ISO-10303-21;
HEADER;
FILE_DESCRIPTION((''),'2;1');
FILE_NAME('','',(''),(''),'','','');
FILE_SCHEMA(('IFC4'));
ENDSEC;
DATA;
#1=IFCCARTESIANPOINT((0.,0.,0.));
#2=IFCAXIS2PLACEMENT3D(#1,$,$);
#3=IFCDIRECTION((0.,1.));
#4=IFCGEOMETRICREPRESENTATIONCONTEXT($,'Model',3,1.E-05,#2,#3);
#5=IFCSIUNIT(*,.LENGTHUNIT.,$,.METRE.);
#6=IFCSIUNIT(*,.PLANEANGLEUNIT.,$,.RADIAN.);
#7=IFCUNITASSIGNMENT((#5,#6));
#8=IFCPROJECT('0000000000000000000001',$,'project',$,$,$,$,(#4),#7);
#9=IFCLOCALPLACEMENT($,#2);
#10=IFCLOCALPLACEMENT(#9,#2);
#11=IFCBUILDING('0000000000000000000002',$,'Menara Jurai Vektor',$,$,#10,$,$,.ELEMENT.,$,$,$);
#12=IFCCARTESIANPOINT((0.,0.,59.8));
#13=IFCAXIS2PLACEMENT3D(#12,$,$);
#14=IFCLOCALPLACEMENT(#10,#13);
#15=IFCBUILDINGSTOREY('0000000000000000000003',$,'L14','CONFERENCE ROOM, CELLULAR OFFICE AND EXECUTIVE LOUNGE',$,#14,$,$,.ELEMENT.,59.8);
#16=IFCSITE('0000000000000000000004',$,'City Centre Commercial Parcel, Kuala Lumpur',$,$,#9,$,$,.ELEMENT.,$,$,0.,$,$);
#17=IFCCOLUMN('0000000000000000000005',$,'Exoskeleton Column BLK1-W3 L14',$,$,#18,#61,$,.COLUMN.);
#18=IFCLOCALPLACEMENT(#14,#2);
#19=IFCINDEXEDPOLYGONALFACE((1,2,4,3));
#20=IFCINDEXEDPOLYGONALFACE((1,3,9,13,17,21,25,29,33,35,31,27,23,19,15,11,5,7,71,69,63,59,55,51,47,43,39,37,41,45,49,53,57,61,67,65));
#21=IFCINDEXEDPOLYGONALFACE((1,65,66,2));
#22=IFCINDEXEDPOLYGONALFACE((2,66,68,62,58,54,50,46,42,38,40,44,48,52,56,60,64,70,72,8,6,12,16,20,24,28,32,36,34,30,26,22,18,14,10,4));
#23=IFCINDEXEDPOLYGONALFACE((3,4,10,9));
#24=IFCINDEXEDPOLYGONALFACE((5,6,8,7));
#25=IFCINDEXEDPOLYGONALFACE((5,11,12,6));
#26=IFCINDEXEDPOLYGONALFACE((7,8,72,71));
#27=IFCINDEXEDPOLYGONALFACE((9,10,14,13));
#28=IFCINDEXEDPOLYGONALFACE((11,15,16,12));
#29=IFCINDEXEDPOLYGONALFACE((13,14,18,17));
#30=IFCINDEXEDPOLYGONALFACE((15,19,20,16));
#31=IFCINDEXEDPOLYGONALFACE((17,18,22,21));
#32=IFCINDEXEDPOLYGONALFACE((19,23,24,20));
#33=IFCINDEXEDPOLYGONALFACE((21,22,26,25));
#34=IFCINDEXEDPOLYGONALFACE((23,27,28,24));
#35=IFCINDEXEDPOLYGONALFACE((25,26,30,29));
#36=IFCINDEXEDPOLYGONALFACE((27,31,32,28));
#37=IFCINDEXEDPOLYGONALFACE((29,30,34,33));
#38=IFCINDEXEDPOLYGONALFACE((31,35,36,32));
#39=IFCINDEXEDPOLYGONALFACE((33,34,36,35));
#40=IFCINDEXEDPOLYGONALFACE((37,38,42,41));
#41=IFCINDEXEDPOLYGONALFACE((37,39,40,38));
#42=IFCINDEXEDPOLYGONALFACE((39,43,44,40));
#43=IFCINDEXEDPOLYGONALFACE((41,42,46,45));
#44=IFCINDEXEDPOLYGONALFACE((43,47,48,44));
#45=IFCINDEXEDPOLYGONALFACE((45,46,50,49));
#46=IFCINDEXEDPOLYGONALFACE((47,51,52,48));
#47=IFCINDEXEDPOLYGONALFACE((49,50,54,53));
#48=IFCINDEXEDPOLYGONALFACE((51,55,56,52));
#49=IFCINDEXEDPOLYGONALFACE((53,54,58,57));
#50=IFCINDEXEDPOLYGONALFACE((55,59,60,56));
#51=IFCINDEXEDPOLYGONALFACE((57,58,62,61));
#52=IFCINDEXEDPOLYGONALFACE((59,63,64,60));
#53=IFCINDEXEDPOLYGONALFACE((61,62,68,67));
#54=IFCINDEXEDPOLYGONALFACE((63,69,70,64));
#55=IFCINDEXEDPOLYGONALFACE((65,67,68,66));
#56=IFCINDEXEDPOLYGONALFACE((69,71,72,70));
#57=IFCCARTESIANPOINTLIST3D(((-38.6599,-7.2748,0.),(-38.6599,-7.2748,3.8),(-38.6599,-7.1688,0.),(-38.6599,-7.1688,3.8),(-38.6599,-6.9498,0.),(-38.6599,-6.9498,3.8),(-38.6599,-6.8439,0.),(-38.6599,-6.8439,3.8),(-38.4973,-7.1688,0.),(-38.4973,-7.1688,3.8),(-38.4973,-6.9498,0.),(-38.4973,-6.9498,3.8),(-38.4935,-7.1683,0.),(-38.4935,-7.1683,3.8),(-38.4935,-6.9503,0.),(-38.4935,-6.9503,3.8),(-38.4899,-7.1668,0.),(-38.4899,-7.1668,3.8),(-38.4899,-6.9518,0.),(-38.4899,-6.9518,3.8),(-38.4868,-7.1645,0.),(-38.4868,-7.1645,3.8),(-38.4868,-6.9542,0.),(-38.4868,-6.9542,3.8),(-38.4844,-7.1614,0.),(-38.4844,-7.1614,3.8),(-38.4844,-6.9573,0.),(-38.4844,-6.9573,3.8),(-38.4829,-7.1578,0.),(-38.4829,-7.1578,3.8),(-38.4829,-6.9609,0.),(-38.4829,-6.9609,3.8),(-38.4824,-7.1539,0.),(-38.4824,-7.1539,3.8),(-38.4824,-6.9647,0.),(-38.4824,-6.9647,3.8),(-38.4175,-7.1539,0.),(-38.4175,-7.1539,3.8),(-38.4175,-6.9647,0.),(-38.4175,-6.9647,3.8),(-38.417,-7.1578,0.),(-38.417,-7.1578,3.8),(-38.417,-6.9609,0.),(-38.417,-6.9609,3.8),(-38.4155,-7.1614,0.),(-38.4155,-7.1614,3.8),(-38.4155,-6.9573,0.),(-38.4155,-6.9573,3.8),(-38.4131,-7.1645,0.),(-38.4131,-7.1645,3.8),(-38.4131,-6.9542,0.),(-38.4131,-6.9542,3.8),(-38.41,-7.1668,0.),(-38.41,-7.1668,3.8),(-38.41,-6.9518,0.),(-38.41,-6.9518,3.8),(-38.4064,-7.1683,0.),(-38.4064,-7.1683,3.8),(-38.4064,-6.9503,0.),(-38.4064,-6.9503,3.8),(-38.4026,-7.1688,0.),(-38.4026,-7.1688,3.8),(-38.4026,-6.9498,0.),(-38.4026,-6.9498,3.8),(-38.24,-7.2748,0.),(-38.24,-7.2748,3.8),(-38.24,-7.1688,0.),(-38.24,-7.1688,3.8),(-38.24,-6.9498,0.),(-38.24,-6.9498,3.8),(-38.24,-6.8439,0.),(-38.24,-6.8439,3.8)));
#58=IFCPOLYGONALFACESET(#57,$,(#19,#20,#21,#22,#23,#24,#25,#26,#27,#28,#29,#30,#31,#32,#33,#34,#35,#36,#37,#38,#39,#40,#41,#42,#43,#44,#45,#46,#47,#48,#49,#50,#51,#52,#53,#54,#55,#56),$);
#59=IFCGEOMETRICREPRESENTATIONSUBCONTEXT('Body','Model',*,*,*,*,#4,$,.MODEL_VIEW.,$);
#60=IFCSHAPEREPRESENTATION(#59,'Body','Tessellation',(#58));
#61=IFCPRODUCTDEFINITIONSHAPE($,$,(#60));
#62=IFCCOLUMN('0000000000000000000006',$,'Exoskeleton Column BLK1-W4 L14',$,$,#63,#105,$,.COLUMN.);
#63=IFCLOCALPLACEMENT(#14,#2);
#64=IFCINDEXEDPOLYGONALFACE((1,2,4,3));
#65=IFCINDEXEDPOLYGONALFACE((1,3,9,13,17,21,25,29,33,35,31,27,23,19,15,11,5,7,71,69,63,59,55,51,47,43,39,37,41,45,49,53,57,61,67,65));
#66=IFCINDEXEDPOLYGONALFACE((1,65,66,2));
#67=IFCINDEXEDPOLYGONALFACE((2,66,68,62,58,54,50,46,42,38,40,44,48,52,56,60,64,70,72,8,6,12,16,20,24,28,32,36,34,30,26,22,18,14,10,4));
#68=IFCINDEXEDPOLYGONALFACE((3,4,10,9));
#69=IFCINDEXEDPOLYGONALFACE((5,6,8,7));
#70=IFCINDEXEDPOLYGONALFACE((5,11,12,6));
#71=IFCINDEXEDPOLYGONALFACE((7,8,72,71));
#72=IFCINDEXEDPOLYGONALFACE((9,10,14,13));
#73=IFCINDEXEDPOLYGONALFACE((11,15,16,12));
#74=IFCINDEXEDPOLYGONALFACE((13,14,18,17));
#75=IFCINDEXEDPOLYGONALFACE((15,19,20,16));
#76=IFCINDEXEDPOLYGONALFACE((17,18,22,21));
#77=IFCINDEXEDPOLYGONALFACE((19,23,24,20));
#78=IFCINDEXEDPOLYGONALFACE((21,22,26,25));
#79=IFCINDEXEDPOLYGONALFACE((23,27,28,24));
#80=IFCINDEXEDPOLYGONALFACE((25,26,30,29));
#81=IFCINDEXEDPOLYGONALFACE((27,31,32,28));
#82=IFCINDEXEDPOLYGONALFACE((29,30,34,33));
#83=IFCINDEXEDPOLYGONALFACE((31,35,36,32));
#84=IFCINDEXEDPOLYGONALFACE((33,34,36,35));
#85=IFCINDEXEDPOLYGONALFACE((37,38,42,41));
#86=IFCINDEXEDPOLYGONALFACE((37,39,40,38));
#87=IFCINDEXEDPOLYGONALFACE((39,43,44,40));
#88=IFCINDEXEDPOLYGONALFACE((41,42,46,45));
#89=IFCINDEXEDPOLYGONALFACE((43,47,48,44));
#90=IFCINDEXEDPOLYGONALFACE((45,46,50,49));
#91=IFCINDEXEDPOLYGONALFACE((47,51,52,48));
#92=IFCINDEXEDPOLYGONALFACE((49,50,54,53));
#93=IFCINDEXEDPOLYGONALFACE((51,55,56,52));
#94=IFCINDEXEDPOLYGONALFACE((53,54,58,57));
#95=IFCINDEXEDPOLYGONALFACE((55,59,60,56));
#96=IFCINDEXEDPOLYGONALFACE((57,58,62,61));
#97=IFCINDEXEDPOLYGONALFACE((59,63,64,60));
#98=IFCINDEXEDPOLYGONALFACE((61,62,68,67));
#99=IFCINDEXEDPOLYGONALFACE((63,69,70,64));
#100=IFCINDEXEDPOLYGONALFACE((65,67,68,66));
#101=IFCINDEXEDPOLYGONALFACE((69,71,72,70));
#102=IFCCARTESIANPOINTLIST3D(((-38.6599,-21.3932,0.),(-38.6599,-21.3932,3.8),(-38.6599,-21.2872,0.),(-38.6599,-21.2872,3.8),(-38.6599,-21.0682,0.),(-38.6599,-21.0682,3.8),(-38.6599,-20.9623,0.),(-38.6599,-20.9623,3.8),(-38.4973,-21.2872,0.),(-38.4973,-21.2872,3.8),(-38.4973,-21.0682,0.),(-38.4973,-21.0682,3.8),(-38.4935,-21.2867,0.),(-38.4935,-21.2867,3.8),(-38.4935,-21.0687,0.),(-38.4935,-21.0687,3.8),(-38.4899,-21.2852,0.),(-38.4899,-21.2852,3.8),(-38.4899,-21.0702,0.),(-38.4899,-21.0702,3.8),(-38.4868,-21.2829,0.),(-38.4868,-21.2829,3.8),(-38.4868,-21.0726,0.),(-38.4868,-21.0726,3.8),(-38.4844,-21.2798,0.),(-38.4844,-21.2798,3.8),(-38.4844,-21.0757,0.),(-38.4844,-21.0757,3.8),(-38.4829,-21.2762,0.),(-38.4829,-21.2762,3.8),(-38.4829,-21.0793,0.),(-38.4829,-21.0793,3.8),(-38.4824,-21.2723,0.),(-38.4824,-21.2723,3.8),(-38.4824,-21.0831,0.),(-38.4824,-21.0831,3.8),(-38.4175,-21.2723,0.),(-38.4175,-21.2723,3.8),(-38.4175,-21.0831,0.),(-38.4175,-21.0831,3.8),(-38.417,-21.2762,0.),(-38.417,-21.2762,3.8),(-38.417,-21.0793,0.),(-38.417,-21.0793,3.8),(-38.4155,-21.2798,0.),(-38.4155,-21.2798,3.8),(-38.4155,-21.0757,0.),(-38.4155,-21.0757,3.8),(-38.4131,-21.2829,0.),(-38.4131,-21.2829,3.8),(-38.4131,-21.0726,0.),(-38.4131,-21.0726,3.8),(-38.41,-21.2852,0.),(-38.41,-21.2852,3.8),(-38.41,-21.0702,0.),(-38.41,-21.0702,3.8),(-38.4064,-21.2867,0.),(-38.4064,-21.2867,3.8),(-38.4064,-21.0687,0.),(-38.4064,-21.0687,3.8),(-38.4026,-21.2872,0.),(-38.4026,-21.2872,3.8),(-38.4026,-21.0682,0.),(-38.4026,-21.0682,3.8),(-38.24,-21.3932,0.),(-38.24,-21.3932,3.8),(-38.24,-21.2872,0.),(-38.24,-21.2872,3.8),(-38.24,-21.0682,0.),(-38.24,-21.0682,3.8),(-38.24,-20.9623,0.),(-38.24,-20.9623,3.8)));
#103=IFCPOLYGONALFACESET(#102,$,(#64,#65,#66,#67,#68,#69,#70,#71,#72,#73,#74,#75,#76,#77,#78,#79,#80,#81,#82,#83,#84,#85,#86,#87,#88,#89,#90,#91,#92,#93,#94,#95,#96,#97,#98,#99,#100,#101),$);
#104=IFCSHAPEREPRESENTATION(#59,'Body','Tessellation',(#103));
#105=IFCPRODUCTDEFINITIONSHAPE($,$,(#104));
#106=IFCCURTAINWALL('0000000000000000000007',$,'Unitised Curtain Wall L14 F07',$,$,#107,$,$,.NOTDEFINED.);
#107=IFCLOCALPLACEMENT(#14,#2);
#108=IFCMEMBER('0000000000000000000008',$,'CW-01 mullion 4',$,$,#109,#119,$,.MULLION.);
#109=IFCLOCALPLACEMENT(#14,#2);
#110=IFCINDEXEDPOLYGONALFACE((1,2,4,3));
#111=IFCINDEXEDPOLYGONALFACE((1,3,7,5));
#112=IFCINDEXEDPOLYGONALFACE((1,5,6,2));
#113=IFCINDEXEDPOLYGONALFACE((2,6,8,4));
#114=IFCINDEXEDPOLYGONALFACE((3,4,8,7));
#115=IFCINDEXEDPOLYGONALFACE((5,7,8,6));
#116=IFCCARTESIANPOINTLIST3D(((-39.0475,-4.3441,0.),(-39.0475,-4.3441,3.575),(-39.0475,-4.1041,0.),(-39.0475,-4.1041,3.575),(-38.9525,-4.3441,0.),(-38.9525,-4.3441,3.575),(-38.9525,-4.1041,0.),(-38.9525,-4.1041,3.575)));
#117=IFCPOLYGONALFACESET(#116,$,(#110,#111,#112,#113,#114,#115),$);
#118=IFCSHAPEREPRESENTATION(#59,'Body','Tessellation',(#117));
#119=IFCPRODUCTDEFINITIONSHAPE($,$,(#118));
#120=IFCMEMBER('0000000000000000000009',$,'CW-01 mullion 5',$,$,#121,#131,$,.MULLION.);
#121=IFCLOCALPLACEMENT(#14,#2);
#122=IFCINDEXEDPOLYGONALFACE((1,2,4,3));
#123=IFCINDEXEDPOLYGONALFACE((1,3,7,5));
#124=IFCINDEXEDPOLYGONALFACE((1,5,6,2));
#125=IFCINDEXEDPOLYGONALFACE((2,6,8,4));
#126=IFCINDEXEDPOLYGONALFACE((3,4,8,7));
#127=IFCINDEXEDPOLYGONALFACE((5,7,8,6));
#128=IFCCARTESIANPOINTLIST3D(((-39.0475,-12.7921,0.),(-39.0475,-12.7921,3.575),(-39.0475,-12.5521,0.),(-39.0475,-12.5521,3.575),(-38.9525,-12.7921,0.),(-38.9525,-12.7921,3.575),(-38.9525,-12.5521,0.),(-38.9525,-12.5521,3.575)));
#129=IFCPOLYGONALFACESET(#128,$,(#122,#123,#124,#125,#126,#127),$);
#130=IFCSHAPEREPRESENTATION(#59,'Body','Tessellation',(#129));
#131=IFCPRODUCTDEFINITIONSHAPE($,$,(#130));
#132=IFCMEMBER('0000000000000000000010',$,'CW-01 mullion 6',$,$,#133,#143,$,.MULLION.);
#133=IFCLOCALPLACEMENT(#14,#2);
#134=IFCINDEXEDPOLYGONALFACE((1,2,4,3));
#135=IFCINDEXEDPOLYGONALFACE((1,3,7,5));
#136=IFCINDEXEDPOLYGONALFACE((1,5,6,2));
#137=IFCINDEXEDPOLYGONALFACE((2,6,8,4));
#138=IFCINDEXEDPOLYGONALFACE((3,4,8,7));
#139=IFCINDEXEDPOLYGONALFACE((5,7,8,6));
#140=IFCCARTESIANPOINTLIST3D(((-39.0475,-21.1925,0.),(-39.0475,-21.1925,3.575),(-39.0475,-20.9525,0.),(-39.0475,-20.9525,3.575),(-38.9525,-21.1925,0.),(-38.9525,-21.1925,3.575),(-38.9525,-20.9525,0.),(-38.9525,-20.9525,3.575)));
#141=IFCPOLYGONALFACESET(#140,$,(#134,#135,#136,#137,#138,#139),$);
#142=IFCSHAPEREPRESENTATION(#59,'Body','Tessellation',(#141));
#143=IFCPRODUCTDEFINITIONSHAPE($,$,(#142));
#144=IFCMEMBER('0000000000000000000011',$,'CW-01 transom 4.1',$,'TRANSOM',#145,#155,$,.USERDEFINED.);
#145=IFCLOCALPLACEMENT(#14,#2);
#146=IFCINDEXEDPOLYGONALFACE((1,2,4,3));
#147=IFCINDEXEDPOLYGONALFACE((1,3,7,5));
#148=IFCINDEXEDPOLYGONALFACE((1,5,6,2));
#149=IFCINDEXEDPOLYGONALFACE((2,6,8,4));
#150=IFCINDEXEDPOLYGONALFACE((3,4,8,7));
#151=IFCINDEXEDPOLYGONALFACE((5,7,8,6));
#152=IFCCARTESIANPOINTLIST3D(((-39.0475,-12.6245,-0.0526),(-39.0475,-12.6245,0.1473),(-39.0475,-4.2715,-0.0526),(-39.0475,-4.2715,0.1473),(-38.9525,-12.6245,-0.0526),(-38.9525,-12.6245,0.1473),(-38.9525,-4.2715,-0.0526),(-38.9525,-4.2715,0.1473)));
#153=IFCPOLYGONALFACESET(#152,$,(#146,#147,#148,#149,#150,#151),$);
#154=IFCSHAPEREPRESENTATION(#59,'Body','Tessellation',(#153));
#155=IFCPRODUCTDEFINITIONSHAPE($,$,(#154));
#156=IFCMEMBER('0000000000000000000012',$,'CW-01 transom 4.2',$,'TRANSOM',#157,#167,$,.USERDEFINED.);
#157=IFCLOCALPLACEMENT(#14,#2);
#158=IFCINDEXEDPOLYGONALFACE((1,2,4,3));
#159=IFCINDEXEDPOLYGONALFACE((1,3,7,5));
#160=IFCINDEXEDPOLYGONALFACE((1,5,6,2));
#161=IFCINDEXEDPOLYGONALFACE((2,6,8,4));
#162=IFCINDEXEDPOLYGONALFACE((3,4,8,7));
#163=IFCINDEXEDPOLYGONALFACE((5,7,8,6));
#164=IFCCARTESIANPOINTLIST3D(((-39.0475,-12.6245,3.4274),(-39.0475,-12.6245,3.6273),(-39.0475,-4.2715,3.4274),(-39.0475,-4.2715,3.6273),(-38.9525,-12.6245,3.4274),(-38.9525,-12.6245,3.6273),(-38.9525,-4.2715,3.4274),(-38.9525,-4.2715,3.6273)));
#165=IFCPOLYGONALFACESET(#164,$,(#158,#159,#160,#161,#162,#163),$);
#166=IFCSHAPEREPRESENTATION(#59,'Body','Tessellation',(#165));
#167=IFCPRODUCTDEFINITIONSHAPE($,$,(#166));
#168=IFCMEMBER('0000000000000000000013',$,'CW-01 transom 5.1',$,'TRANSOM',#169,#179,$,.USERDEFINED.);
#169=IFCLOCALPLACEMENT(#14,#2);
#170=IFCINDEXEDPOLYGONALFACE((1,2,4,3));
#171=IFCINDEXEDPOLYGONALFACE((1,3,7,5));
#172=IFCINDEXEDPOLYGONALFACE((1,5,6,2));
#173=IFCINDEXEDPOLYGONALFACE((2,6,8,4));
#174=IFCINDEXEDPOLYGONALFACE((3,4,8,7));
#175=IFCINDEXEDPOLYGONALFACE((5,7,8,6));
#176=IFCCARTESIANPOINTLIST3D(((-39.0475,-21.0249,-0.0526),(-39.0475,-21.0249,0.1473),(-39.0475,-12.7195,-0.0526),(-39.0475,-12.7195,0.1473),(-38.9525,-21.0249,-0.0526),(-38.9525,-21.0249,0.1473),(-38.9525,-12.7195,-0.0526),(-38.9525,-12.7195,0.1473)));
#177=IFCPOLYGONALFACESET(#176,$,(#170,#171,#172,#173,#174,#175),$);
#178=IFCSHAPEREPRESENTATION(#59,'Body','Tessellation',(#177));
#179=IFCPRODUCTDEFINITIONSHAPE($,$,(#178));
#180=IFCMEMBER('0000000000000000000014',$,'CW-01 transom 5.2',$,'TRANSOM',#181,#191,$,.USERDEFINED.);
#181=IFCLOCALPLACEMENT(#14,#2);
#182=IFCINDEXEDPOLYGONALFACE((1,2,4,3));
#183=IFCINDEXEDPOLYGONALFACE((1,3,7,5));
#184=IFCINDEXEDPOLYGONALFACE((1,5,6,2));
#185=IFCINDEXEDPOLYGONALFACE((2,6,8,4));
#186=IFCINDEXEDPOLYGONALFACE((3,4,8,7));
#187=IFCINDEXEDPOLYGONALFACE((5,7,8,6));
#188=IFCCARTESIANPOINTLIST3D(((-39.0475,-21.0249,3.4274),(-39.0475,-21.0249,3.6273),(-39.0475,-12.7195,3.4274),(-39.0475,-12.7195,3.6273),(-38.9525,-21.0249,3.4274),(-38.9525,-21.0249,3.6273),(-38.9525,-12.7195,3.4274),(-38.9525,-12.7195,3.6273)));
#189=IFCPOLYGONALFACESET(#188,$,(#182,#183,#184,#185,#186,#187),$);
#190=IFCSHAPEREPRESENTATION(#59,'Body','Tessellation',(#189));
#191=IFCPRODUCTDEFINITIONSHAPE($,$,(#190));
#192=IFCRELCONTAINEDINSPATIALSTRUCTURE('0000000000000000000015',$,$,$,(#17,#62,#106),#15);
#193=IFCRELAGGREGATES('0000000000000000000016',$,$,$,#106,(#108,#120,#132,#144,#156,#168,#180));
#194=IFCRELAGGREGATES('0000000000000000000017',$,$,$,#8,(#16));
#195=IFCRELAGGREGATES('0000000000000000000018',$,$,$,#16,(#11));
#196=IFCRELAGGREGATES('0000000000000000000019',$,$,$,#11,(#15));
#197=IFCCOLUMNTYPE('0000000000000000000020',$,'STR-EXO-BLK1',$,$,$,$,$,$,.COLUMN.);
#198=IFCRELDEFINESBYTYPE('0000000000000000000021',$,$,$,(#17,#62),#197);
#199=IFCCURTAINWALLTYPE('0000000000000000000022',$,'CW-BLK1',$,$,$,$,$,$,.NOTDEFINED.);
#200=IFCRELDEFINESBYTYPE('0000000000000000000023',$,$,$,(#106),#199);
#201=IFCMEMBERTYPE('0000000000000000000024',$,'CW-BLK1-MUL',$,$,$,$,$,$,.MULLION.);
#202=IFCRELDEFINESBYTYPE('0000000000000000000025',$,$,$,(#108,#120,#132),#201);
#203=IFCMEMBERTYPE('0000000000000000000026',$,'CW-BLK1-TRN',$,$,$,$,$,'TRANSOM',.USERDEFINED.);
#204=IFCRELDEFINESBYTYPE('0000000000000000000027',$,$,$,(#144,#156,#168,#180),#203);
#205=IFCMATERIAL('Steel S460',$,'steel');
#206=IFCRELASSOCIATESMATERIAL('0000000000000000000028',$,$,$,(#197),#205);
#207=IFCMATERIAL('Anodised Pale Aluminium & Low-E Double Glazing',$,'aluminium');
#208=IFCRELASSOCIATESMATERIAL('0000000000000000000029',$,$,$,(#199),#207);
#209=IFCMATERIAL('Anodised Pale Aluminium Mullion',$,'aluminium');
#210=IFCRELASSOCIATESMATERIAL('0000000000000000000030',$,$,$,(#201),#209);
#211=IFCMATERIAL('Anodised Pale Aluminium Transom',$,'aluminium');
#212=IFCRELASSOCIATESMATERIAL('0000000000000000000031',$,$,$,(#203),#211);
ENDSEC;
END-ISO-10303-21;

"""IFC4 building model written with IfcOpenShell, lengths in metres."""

from ifc_helpers import new_model, si_unit, direction, frame, origin, origin_2d, place, context, subcontext, project, spatial, rectangle, i_section, extrude, material, material_profile, profile_set, type_object, element, aggregate, save


model = new_model("IFC4")

# Units and contexts
model_context = context("Model", 3, precision=1e-05, world=origin(), true_north=direction((0.0, 1.0)))
body_context = subcontext(model_context, "Body", "Model", "MODEL_VIEW")
ifc_project = project(units=[si_unit("LENGTHUNIT", "METRE"), si_unit("PLANEANGLEUNIT", "RADIAN")], contexts=[model_context])

# Site, building, storey
site_placement = place(None, origin())
site = spatial("IfcSite", under=ifc_project, at=site_placement, Name="City Centre Commercial Parcel, Kuala Lumpur", CompositionType="ELEMENT", RefElevation=0.0)
building_placement = place(site_placement, origin())
building = spatial("IfcBuilding", under=site, at=building_placement, Name="Menara Jurai Vektor", CompositionType="ELEMENT")
storey_placement = place(building_placement, frame((0.0, 0.0, 59.8)))
storey = spatial("IfcBuildingStorey", under=building, at=storey_placement, Name="L14", Description="CONFERENCE ROOM, CELLULAR OFFICE AND EXECUTIVE LOUNGE", CompositionType="ELEMENT", Elevation=59.8)

# Columns
ifc_material_1 = material(Name="Steel S460", Category="steel")
ifc_material_profile_1 = material_profile(ifc_material_1, i_section(OverallWidth=0.4199, OverallDepth=0.4309, WebThickness=0.0649, FlangeThickness=0.106, FilletRadius=0.0149, at=origin_2d()), Name="HD 400x900")
ifc_profile_set_1 = profile_set([ifc_material_profile_1], Name="Steel S460")
column_type = type_object("IfcColumnType", Name="STR-EXO-BLK1", PredefinedType="COLUMN", material=ifc_profile_set_1)
for number, where, z_axis, x_axis, name in (
    (1, (-38.45, -7.0593, 0.0), (0.0, 0.0, 1.0), (1.0, 0.0, 0.0), "Exoskeleton Column BLK1-W3 L14"),
    (2, (-38.45, -21.1777, 0.0), (0.0, 0.0, 1.0), (1.0, 0.0, 0.0), "Exoskeleton Column BLK1-W4 L14"),
):
    element("IfcColumn", number, at=place(storey_placement, frame(where, z_axis=z_axis, x_axis=x_axis)), inside=storey, type_object=column_type, Name=name, PredefinedType="COLUMN", context=body_context, shape_type="SweptSolid", body=[
        extrude(i_section(OverallWidth=0.4199, OverallDepth=0.4309, WebThickness=0.0649, FlangeThickness=0.106, FilletRadius=0.0149, at=origin_2d()), origin(), (0.0, 0.0, 1.0), 3.8),
    ])

# Curtain wall, members
ifc_material_2 = material(Name="Anodised Pale Aluminium & Low-E Double Glazing", Category="aluminium")
curtain_wall_type = type_object("IfcCurtainWallType", Name="CW-BLK1", PredefinedType="NOTDEFINED", material=ifc_material_2)
curtain_wall_placement = place(storey_placement, origin())
curtain_wall = element("IfcCurtainWall", 3, at=curtain_wall_placement, inside=storey, type_object=curtain_wall_type, Name="Unitised Curtain Wall L14 F07", PredefinedType="NOTDEFINED")
ifc_material_3 = material(Name="Anodised Pale Aluminium Mullion", Category="aluminium")
ifc_material_profile_2 = material_profile(ifc_material_3, rectangle(XDim=0.095, YDim=0.24, at=origin_2d()), Name="ALU MUL 95x240")
ifc_profile_set_2 = profile_set([ifc_material_profile_2], Name="Anodised Pale Aluminium Mullion")
member_type_1 = type_object("IfcMemberType", Name="CW-BLK1-MUL", PredefinedType="MULLION", material=ifc_profile_set_2)
member_1_placement = place(storey_placement, frame((-39.0, -4.2241, 0.0), z_axis=(0.0, 0.0, 1.0), x_axis=(1.0, 0.0, 0.0)))
member_1 = element("IfcMember", 4, at=member_1_placement, type_object=member_type_1, Name="CW-01 mullion 4", PredefinedType="MULLION", context=body_context, shape_type="SweptSolid", body=[
    extrude(rectangle(XDim=0.095, YDim=0.24, at=origin_2d()), origin(), (0.0, 0.0, 1.0), 3.575),
])
member_2_placement = place(storey_placement, frame((-39.0, -12.6721, 0.0), z_axis=(0.0, 0.0, 1.0), x_axis=(1.0, 0.0, 0.0)))
member_2 = element("IfcMember", 5, at=member_2_placement, type_object=member_type_1, Name="CW-01 mullion 5", PredefinedType="MULLION", context=body_context, shape_type="SweptSolid", body=[
    extrude(rectangle(XDim=0.095, YDim=0.24, at=origin_2d()), origin(), (0.0, 0.0, 1.0), 3.575),
])
member_3_placement = place(storey_placement, frame((-39.0, -21.0725, 0.0), z_axis=(0.0, 0.0, 1.0), x_axis=(1.0, 0.0, 0.0)))
member_3 = element("IfcMember", 6, at=member_3_placement, type_object=member_type_1, Name="CW-01 mullion 6", PredefinedType="MULLION", context=body_context, shape_type="SweptSolid", body=[
    extrude(rectangle(XDim=0.095, YDim=0.24, at=origin_2d()), origin(), (0.0, 0.0, 1.0), 3.575),
])
ifc_material_4 = material(Name="Anodised Pale Aluminium Transom", Category="aluminium")
ifc_material_profile_3 = material_profile(ifc_material_4, rectangle(XDim=0.095, YDim=0.2, at=origin_2d()), Name="ALU TRN 95x200")
ifc_profile_set_3 = profile_set([ifc_material_profile_3], Name="Anodised Pale Aluminium Transom")
member_type_2 = type_object("IfcMemberType", Name="CW-BLK1-TRN", ElementType="TRANSOM", PredefinedType="USERDEFINED", material=ifc_profile_set_3)
member_4_placement = place(storey_placement, frame((-39.0, -4.2715, 0.0474), z_axis=(0.0, -1.0, 0.0), x_axis=(1.0, 0.0, 0.0)))
member_4 = element("IfcMember", 7, at=member_4_placement, type_object=member_type_2, Name="CW-01 transom 4.1", ObjectType="TRANSOM", PredefinedType="USERDEFINED", context=body_context, shape_type="SweptSolid", body=[
    extrude(rectangle(XDim=0.095, YDim=0.2, at=origin_2d()), origin(), (0.0, 0.0, 1.0), 8.353),
])
member_5_placement = place(storey_placement, frame((-39.0, -4.2715, 3.5273), z_axis=(0.0, -1.0, 0.0), x_axis=(1.0, 0.0, 0.0)))
member_5 = element("IfcMember", 8, at=member_5_placement, type_object=member_type_2, Name="CW-01 transom 4.2", ObjectType="TRANSOM", PredefinedType="USERDEFINED", context=body_context, shape_type="SweptSolid", body=[
    extrude(rectangle(XDim=0.095, YDim=0.2, at=origin_2d()), origin(), (0.0, 0.0, 1.0), 8.353),
])
member_6_placement = place(storey_placement, frame((-39.0, -12.7195, 0.0474), z_axis=(0.0, -1.0, 0.0), x_axis=(1.0, 0.0, 0.0)))
member_6 = element("IfcMember", 9, at=member_6_placement, type_object=member_type_2, Name="CW-01 transom 5.1", ObjectType="TRANSOM", PredefinedType="USERDEFINED", context=body_context, shape_type="SweptSolid", body=[
    extrude(rectangle(XDim=0.095, YDim=0.2, at=origin_2d()), origin(), (0.0, 0.0, 1.0), 8.3054),
])
member_7_placement = place(storey_placement, frame((-39.0, -12.7195, 3.5273), z_axis=(0.0, -1.0, 0.0), x_axis=(1.0, 0.0, 0.0)))
member_7 = element("IfcMember", 10, at=member_7_placement, type_object=member_type_2, Name="CW-01 transom 5.2", ObjectType="TRANSOM", PredefinedType="USERDEFINED", context=body_context, shape_type="SweptSolid", body=[
    extrude(rectangle(XDim=0.095, YDim=0.2, at=origin_2d()), origin(), (0.0, 0.0, 1.0), 8.3054),
])

aggregate(curtain_wall, [member_1, member_2, member_3, member_4, member_5, member_6, member_7])

save(model, "model.ifc")
